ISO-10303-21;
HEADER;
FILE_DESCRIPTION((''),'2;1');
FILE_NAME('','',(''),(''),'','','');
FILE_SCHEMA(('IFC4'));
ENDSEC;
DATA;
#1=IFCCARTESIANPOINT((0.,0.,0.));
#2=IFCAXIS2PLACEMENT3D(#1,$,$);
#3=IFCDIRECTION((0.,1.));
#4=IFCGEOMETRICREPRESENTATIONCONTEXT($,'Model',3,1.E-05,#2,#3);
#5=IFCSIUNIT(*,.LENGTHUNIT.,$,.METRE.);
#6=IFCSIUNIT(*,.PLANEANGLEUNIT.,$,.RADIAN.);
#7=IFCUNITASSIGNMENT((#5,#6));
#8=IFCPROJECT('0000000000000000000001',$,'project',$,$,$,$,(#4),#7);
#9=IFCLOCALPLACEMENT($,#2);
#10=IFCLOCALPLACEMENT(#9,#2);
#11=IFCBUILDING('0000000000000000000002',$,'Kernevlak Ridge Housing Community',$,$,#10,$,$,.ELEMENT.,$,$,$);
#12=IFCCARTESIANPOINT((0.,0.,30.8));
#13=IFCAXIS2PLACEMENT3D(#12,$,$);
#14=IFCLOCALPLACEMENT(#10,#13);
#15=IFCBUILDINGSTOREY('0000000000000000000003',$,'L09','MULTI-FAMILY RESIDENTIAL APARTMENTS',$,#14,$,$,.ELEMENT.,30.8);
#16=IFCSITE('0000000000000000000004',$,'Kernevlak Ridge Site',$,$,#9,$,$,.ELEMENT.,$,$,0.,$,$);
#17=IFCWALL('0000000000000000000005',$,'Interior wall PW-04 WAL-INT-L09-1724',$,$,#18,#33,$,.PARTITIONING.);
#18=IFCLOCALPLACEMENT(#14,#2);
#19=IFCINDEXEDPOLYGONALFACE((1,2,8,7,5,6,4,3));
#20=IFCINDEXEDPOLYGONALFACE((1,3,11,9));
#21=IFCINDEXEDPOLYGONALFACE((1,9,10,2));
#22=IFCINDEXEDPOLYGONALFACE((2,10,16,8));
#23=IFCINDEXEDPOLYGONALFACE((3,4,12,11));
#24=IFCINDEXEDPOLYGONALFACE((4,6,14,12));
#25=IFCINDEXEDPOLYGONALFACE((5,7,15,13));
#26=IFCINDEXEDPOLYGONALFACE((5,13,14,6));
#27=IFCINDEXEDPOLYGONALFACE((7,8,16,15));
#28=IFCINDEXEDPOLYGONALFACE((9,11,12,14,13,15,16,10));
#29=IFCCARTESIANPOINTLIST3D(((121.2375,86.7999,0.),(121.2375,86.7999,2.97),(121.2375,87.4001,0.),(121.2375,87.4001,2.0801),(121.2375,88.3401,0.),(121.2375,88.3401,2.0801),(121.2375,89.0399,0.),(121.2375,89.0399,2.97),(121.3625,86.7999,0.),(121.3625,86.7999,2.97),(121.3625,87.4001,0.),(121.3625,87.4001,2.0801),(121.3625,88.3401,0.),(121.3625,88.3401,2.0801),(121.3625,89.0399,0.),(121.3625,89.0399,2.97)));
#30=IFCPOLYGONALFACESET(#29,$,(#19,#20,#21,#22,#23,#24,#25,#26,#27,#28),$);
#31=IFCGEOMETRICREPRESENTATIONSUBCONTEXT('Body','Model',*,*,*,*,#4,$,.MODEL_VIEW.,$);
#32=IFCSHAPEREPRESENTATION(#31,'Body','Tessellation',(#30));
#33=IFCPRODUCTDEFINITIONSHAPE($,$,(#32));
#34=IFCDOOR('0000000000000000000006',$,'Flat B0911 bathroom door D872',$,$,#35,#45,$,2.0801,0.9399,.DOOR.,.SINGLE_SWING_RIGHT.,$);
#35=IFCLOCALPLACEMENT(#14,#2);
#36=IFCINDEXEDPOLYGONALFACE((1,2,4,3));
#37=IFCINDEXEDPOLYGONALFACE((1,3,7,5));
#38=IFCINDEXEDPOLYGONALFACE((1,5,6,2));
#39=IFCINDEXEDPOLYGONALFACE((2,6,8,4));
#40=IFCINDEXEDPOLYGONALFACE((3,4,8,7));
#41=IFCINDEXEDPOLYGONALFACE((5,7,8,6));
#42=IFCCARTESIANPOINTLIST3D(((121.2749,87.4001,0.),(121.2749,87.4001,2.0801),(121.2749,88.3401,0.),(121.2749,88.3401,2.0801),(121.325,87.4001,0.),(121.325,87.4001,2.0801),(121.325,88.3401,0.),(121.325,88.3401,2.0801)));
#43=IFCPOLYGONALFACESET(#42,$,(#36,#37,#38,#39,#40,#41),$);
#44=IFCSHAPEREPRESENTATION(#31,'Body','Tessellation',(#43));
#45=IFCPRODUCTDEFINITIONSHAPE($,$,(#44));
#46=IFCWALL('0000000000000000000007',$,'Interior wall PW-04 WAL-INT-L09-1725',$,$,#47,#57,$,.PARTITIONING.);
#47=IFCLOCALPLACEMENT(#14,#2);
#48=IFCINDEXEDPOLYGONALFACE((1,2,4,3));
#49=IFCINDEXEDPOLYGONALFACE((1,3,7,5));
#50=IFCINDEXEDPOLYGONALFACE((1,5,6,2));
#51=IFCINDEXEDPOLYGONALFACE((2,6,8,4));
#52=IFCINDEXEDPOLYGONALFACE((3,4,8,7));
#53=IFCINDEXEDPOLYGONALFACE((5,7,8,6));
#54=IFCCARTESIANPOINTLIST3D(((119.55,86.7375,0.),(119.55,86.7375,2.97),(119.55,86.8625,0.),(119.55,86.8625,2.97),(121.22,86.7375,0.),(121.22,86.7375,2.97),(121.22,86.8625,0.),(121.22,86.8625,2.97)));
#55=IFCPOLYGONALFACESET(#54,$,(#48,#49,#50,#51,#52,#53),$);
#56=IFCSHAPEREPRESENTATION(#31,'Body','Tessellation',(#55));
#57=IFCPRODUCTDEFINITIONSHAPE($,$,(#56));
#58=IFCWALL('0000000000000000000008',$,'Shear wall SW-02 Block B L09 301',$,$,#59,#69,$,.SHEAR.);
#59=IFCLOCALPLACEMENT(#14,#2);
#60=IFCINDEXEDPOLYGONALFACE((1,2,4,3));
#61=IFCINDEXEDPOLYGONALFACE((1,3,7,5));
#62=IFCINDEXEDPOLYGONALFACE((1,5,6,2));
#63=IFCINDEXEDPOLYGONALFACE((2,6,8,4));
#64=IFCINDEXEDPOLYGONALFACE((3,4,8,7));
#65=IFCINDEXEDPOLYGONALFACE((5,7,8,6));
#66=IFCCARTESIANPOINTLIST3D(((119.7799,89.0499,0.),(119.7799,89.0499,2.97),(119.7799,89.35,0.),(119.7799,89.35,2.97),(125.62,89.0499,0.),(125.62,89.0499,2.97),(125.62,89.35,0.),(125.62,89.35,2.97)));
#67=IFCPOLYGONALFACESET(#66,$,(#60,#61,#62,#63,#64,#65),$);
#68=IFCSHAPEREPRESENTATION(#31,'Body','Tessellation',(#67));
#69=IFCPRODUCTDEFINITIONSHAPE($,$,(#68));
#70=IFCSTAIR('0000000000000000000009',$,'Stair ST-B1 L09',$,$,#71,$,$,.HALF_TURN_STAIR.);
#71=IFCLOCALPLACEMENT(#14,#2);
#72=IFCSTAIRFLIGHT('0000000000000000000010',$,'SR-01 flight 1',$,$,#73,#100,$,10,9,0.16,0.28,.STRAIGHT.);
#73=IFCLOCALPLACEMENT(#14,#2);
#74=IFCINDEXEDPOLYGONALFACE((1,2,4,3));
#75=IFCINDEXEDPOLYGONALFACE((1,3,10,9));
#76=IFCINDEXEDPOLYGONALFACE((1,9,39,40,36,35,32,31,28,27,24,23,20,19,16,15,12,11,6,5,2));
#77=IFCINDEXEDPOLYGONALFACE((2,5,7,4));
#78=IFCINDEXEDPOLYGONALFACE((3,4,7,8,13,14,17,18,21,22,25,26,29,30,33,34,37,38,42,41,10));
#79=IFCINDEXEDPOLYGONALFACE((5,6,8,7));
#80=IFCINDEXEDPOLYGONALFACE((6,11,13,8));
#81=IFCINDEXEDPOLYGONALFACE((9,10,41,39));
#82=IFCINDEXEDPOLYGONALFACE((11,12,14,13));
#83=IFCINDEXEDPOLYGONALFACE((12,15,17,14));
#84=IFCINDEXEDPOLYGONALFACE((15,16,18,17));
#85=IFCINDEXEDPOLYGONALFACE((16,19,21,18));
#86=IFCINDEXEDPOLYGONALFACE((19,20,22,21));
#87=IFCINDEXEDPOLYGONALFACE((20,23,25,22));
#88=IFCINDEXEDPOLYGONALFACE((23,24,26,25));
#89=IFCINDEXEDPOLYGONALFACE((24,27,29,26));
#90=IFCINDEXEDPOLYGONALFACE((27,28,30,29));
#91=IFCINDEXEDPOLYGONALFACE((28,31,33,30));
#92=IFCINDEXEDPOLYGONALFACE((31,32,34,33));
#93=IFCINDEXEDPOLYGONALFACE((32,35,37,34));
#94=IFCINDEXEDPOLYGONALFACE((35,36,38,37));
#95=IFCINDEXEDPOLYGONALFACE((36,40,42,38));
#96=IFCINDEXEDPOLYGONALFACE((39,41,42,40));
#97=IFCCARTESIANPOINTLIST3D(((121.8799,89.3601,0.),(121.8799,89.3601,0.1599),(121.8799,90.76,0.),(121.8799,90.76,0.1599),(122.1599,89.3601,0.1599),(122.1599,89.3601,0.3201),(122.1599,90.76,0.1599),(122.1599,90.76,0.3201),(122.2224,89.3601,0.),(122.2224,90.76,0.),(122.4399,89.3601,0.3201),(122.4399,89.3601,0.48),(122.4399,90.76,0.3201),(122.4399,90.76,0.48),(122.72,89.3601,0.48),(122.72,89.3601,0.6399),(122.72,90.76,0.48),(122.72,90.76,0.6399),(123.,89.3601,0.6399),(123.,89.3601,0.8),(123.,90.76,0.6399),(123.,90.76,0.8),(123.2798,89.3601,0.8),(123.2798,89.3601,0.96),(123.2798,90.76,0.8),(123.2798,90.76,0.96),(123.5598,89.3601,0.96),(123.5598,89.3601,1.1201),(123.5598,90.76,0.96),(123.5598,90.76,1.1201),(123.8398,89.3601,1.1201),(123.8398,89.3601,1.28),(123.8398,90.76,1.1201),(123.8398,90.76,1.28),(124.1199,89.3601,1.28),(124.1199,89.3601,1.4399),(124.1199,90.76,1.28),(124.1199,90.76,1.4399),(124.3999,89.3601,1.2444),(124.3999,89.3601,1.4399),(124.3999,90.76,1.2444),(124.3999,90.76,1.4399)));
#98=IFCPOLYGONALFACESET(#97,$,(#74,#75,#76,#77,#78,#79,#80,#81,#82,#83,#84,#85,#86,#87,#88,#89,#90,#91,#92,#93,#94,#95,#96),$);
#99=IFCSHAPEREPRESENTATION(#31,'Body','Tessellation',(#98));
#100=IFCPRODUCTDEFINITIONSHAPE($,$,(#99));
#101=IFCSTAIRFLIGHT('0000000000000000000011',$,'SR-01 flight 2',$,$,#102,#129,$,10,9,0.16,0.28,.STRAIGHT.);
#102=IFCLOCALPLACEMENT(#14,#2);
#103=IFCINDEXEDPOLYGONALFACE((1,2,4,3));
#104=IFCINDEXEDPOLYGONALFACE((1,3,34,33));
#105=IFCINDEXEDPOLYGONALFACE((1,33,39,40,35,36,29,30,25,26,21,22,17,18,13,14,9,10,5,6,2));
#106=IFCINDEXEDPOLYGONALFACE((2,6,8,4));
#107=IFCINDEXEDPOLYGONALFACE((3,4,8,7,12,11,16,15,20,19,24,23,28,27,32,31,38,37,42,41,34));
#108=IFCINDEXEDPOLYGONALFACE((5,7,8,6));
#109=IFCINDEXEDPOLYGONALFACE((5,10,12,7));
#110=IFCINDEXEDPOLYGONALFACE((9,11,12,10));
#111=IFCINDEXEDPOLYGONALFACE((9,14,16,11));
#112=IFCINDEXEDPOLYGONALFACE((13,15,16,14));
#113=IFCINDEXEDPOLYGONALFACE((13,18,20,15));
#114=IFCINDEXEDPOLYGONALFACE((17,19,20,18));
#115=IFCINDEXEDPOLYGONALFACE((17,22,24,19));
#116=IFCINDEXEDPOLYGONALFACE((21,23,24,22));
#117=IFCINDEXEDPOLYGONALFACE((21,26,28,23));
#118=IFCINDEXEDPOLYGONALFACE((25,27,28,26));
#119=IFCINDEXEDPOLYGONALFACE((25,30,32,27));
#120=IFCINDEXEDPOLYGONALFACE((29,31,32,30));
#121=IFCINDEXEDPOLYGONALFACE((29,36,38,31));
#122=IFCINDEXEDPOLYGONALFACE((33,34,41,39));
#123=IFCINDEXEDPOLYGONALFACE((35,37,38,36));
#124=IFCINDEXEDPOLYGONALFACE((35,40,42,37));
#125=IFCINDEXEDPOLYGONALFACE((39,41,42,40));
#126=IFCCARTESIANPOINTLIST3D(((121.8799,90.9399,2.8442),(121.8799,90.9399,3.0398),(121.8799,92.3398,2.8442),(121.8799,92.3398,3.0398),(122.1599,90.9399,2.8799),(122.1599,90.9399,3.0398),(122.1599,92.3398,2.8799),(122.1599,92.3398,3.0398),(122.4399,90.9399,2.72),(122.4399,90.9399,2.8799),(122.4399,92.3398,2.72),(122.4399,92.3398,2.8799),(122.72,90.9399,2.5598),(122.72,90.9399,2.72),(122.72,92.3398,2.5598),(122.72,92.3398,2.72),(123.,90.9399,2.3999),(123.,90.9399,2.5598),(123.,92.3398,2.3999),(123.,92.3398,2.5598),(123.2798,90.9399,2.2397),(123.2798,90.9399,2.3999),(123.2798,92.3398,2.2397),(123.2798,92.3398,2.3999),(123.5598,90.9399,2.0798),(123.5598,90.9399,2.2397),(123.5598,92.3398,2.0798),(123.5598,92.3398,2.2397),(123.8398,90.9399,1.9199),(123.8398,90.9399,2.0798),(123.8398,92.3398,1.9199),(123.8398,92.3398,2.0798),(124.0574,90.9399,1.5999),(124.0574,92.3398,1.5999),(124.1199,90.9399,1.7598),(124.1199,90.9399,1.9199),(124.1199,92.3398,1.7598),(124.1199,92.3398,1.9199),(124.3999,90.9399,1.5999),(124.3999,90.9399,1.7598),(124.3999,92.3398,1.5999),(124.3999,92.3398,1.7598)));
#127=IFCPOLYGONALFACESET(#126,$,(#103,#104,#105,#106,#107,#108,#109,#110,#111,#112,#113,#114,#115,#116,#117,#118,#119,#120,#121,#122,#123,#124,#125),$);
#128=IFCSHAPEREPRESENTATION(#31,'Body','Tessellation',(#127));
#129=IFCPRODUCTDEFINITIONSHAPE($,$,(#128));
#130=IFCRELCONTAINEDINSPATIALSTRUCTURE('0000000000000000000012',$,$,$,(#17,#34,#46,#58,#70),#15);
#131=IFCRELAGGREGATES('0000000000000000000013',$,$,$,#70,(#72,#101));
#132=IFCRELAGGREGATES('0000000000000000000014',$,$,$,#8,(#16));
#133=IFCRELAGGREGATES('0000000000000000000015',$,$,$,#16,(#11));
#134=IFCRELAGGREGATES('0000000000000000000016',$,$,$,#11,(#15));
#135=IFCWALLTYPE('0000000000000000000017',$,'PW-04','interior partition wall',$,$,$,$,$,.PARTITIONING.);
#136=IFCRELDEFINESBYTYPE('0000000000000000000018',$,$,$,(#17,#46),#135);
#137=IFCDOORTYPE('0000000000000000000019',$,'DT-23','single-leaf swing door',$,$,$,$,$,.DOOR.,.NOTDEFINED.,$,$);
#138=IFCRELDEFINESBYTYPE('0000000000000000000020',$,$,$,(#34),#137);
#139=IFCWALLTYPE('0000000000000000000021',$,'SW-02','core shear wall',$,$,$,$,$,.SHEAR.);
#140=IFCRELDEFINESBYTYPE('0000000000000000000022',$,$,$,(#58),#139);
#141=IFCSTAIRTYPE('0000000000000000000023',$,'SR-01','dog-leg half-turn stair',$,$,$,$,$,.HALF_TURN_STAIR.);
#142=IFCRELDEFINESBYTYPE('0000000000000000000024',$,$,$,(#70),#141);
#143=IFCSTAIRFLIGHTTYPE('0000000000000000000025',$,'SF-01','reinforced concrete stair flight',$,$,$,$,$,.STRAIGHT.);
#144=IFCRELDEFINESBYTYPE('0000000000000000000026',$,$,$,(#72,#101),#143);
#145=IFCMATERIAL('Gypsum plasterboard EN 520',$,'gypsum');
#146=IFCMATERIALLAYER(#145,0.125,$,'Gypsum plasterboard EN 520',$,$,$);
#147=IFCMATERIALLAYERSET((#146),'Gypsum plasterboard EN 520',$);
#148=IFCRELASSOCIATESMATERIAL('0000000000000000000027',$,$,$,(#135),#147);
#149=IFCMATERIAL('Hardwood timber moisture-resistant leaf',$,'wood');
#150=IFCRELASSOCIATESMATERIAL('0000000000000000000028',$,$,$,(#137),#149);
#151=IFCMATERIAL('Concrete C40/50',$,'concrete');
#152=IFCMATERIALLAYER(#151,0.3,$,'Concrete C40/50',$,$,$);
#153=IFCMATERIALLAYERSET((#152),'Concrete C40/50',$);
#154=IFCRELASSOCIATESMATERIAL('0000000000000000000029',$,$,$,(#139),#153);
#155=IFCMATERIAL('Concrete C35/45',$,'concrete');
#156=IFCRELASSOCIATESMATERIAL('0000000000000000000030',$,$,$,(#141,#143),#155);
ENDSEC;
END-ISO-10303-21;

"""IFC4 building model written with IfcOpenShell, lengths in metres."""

from ifc_helpers import new_model, si_unit, direction, frame, frame_2d, origin, place, context, subcontext, project, spatial, polyline, rectangle, outline, extrude, material, layer, layer_set, type_object, element, fill, aggregate, save


model = new_model("IFC4")

# Units and contexts
model_context = context("Model", 3, precision=1e-05, world=origin(), true_north=direction((0.0, 1.0)))
body_context = subcontext(model_context, "Body", "Model", "MODEL_VIEW")
ifc_project = project(units=[si_unit("LENGTHUNIT", "METRE"), si_unit("PLANEANGLEUNIT", "RADIAN")], contexts=[model_context])

# Site, building, storey
site_placement = place(None, origin())
site = spatial("IfcSite", under=ifc_project, at=site_placement, Name="Kernevlak Ridge Site", CompositionType="ELEMENT", RefElevation=0.0)
building_placement = place(site_placement, origin())
building = spatial("IfcBuilding", under=site, at=building_placement, Name="Kernevlak Ridge Housing Community", CompositionType="ELEMENT")
storey_placement = place(building_placement, frame((0.0, 0.0, 30.8)))
storey = spatial("IfcBuildingStorey", under=building, at=storey_placement, Name="L09", Description="MULTI-FAMILY RESIDENTIAL APARTMENTS", CompositionType="ELEMENT", Elevation=30.8)

# Shared definitions
ifc_material_1 = material(Name="Concrete C40/50", Category="concrete")

# Shared definitions
ifc_material_2 = material(Name="Concrete C35/45", Category="concrete")

# Wall, opening, door
ifc_material_3 = material(Name="Gypsum plasterboard EN 520", Category="gypsum")
ifc_layer_1 = layer(ifc_material_3, 0.125, Name="Gypsum plasterboard EN 520")
ifc_layer_set_1 = layer_set([ifc_layer_1], Name="Gypsum plasterboard EN 520")
wall_type_1 = type_object("IfcWallType", Name="PW-04", Description="interior partition wall", PredefinedType="PARTITIONING", material=ifc_layer_set_1)
wall_1_placement = place(storey_placement, frame((121.3, 89.04, 0.0), z_axis=(0.0, 0.0, 1.0), x_axis=(0.0, -1.0, 0.0)))
wall_1 = element("IfcWall", 1, at=wall_1_placement, inside=storey, type_object=wall_type_1, Name="Interior wall PW-04 WAL-INT-L09-1724", PredefinedType="PARTITIONING", context=body_context, shape_type="SweptSolid", body=[
    extrude(rectangle(XDim=2.24, YDim=0.125, at=frame_2d((1.1201, 0.0))), origin(), (0.0, 0.0, 1.0), 2.97),
])
opening_1_placement = place(wall_1_placement, frame((0.7, 0.0, 0.0)))
opening_1 = element("IfcOpeningElement", 2, at=opening_1_placement, cuts=wall_1, PredefinedType="OPENING", context=body_context, shape_type="SweptSolid", body=[
    extrude(rectangle(XDim=0.9399, YDim=2.0801, at=frame_2d((0.47, 1.04))), frame((0.0, 0.0725, 0.0), z_axis=(0.0, -1.0, 0.0), x_axis=(1.0, 0.0, 0.0)), (0.0, 0.0, 1.0), 0.145),
])
ifc_material_4 = material(Name="Hardwood timber moisture-resistant leaf", Category="wood")
door_type_1 = type_object("IfcDoorType", Name="DT-23", Description="single-leaf swing door", OperationType="NOTDEFINED", PredefinedType="DOOR", material=ifc_material_4)
door_1_placement = place(opening_1_placement, origin())
door_1 = element("IfcDoor", 3, at=door_1_placement, inside=storey, type_object=door_type_1, Name="Flat B0911 bathroom door D872", OperationType="SINGLE_SWING_RIGHT", OverallHeight=2.0801, OverallWidth=0.9399, PredefinedType="DOOR", context=body_context, shape_type="SweptSolid", body=[
    extrude(rectangle(XDim=0.9399, YDim=2.0801, at=frame_2d((0.47, 1.04))), frame((0.0, 0.0249, 0.0), z_axis=(0.0, -1.0, 0.0), x_axis=(1.0, 0.0, 0.0)), (0.0, 0.0, 1.0), 0.05),
])
fill(opening_1, door_1)

# Walls
wall_2_placement = place(storey_placement, frame((119.55, 86.8, 0.0), z_axis=(0.0, 0.0, 1.0), x_axis=(1.0, 0.0, 0.0)))
element("IfcWall", 4, at=wall_2_placement, inside=storey, type_object=wall_type_1, Name="Interior wall PW-04 WAL-INT-L09-1725", PredefinedType="PARTITIONING", context=body_context, shape_type="SweptSolid", body=[
    extrude(rectangle(XDim=1.6699, YDim=0.125, at=frame_2d((0.835, 0.0))), origin(), (0.0, 0.0, 1.0), 2.97),
])
ifc_layer_2 = layer(ifc_material_1, 0.3, Name="Concrete C40/50")
ifc_layer_set_2 = layer_set([ifc_layer_2], Name="Concrete C40/50")
wall_type_2 = type_object("IfcWallType", Name="SW-02", Description="core shear wall", PredefinedType="SHEAR", material=ifc_layer_set_2)
wall_3_placement = place(storey_placement, frame((119.78, 89.2, 0.0), z_axis=(0.0, 0.0, 1.0), x_axis=(1.0, 0.0, 0.0)))
element("IfcWall", 5, at=wall_3_placement, inside=storey, type_object=wall_type_2, Name="Shear wall SW-02 Block B L09 301", PredefinedType="SHEAR", context=body_context, shape_type="SweptSolid", body=[
    extrude(rectangle(XDim=5.8401, YDim=0.3, at=frame_2d((2.9199, 0.0))), origin(), (0.0, 0.0, 1.0), 2.97),
])

# Stair, stair flights
stair_type = type_object("IfcStairType", Name="SR-01", Description="dog-leg half-turn stair", PredefinedType="HALF_TURN_STAIR", material=ifc_material_2)
stair_placement = place(storey_placement, origin())
stair = element("IfcStair", 6, at=stair_placement, inside=storey, type_object=stair_type, Name="Stair ST-B1 L09", PredefinedType="HALF_TURN_STAIR")
stair_flight_type = type_object("IfcStairFlightType", Name="SF-01", Description="reinforced concrete stair flight", PredefinedType="STRAIGHT", material=ifc_material_2)
stair_flight_1_placement = place(storey_placement, frame((121.8799, 90.0601, 0.0), z_axis=(0.0, 0.0, 1.0), x_axis=(1.0, 0.0, 0.0)))
stair_flight_1 = element("IfcStairFlight", 7, at=stair_flight_1_placement, type_object=stair_flight_type, Name="SR-01 flight 1", NumberOfRisers=10, NumberOfTreads=9, PredefinedType="STRAIGHT", RiserHeight=0.16, TreadLength=0.28, context=body_context, shape_type="SweptSolid", body=[
    extrude(outline(polyline([(0.0, 0.0), (0.0, 0.1599), (0.28, 0.1599), (0.28, 0.3201), (0.5601, 0.3201), (0.5601, 0.48), (0.8401, 0.48), (0.8401, 0.6399), (1.1201, 0.6399), (1.1201, 0.8), (1.3999, 0.8), (1.3999, 0.96), (1.6799, 0.96), (1.6799, 1.1201), (1.96, 1.1201), (1.96, 1.28), (2.24, 1.28), (2.24, 1.4399), (2.52, 1.4399), (2.52, 1.6001), (2.52, 1.2444), (0.3425, 0.0), (0.0, 0.0)])), frame((0.0, 0.7, 0.0), z_axis=(0.0, -1.0, 0.0), x_axis=(1.0, 0.0, 0.0)), (0.0, 0.0, 1.0), 1.3999),
])
stair_flight_2_placement = place(storey_placement, frame((124.3999, 91.6399, 1.5999), z_axis=(0.0, 0.0, 1.0), x_axis=(-1.0, 0.0, 0.0)))
stair_flight_2 = element("IfcStairFlight", 8, at=stair_flight_2_placement, type_object=stair_flight_type, Name="SR-01 flight 2", NumberOfRisers=10, NumberOfTreads=9, PredefinedType="STRAIGHT", RiserHeight=0.16, TreadLength=0.28, context=body_context, shape_type="SweptSolid", body=[
    extrude(outline(polyline([(0.0, 0.0), (0.0, 0.1599), (0.28, 0.1599), (0.28, 0.3201), (0.5601, 0.3201), (0.5601, 0.48), (0.8401, 0.48), (0.8401, 0.6399), (1.1201, 0.6399), (1.1201, 0.8), (1.3999, 0.8), (1.3999, 0.96), (1.6799, 0.96), (1.6799, 1.1201), (1.96, 1.1201), (1.96, 1.28), (2.24, 1.28), (2.24, 1.4399), (2.52, 1.4399), (2.52, 1.6001), (2.52, 1.2444), (0.3425, 0.0), (0.0, 0.0)])), frame((0.0, 0.7, 0.0), z_axis=(0.0, -1.0, 0.0), x_axis=(1.0, 0.0, 0.0)), (0.0, 0.0, 1.0), 1.3999),
])
aggregate(stair, [stair_flight_1, stair_flight_2])

save(model, "model.ifc")
